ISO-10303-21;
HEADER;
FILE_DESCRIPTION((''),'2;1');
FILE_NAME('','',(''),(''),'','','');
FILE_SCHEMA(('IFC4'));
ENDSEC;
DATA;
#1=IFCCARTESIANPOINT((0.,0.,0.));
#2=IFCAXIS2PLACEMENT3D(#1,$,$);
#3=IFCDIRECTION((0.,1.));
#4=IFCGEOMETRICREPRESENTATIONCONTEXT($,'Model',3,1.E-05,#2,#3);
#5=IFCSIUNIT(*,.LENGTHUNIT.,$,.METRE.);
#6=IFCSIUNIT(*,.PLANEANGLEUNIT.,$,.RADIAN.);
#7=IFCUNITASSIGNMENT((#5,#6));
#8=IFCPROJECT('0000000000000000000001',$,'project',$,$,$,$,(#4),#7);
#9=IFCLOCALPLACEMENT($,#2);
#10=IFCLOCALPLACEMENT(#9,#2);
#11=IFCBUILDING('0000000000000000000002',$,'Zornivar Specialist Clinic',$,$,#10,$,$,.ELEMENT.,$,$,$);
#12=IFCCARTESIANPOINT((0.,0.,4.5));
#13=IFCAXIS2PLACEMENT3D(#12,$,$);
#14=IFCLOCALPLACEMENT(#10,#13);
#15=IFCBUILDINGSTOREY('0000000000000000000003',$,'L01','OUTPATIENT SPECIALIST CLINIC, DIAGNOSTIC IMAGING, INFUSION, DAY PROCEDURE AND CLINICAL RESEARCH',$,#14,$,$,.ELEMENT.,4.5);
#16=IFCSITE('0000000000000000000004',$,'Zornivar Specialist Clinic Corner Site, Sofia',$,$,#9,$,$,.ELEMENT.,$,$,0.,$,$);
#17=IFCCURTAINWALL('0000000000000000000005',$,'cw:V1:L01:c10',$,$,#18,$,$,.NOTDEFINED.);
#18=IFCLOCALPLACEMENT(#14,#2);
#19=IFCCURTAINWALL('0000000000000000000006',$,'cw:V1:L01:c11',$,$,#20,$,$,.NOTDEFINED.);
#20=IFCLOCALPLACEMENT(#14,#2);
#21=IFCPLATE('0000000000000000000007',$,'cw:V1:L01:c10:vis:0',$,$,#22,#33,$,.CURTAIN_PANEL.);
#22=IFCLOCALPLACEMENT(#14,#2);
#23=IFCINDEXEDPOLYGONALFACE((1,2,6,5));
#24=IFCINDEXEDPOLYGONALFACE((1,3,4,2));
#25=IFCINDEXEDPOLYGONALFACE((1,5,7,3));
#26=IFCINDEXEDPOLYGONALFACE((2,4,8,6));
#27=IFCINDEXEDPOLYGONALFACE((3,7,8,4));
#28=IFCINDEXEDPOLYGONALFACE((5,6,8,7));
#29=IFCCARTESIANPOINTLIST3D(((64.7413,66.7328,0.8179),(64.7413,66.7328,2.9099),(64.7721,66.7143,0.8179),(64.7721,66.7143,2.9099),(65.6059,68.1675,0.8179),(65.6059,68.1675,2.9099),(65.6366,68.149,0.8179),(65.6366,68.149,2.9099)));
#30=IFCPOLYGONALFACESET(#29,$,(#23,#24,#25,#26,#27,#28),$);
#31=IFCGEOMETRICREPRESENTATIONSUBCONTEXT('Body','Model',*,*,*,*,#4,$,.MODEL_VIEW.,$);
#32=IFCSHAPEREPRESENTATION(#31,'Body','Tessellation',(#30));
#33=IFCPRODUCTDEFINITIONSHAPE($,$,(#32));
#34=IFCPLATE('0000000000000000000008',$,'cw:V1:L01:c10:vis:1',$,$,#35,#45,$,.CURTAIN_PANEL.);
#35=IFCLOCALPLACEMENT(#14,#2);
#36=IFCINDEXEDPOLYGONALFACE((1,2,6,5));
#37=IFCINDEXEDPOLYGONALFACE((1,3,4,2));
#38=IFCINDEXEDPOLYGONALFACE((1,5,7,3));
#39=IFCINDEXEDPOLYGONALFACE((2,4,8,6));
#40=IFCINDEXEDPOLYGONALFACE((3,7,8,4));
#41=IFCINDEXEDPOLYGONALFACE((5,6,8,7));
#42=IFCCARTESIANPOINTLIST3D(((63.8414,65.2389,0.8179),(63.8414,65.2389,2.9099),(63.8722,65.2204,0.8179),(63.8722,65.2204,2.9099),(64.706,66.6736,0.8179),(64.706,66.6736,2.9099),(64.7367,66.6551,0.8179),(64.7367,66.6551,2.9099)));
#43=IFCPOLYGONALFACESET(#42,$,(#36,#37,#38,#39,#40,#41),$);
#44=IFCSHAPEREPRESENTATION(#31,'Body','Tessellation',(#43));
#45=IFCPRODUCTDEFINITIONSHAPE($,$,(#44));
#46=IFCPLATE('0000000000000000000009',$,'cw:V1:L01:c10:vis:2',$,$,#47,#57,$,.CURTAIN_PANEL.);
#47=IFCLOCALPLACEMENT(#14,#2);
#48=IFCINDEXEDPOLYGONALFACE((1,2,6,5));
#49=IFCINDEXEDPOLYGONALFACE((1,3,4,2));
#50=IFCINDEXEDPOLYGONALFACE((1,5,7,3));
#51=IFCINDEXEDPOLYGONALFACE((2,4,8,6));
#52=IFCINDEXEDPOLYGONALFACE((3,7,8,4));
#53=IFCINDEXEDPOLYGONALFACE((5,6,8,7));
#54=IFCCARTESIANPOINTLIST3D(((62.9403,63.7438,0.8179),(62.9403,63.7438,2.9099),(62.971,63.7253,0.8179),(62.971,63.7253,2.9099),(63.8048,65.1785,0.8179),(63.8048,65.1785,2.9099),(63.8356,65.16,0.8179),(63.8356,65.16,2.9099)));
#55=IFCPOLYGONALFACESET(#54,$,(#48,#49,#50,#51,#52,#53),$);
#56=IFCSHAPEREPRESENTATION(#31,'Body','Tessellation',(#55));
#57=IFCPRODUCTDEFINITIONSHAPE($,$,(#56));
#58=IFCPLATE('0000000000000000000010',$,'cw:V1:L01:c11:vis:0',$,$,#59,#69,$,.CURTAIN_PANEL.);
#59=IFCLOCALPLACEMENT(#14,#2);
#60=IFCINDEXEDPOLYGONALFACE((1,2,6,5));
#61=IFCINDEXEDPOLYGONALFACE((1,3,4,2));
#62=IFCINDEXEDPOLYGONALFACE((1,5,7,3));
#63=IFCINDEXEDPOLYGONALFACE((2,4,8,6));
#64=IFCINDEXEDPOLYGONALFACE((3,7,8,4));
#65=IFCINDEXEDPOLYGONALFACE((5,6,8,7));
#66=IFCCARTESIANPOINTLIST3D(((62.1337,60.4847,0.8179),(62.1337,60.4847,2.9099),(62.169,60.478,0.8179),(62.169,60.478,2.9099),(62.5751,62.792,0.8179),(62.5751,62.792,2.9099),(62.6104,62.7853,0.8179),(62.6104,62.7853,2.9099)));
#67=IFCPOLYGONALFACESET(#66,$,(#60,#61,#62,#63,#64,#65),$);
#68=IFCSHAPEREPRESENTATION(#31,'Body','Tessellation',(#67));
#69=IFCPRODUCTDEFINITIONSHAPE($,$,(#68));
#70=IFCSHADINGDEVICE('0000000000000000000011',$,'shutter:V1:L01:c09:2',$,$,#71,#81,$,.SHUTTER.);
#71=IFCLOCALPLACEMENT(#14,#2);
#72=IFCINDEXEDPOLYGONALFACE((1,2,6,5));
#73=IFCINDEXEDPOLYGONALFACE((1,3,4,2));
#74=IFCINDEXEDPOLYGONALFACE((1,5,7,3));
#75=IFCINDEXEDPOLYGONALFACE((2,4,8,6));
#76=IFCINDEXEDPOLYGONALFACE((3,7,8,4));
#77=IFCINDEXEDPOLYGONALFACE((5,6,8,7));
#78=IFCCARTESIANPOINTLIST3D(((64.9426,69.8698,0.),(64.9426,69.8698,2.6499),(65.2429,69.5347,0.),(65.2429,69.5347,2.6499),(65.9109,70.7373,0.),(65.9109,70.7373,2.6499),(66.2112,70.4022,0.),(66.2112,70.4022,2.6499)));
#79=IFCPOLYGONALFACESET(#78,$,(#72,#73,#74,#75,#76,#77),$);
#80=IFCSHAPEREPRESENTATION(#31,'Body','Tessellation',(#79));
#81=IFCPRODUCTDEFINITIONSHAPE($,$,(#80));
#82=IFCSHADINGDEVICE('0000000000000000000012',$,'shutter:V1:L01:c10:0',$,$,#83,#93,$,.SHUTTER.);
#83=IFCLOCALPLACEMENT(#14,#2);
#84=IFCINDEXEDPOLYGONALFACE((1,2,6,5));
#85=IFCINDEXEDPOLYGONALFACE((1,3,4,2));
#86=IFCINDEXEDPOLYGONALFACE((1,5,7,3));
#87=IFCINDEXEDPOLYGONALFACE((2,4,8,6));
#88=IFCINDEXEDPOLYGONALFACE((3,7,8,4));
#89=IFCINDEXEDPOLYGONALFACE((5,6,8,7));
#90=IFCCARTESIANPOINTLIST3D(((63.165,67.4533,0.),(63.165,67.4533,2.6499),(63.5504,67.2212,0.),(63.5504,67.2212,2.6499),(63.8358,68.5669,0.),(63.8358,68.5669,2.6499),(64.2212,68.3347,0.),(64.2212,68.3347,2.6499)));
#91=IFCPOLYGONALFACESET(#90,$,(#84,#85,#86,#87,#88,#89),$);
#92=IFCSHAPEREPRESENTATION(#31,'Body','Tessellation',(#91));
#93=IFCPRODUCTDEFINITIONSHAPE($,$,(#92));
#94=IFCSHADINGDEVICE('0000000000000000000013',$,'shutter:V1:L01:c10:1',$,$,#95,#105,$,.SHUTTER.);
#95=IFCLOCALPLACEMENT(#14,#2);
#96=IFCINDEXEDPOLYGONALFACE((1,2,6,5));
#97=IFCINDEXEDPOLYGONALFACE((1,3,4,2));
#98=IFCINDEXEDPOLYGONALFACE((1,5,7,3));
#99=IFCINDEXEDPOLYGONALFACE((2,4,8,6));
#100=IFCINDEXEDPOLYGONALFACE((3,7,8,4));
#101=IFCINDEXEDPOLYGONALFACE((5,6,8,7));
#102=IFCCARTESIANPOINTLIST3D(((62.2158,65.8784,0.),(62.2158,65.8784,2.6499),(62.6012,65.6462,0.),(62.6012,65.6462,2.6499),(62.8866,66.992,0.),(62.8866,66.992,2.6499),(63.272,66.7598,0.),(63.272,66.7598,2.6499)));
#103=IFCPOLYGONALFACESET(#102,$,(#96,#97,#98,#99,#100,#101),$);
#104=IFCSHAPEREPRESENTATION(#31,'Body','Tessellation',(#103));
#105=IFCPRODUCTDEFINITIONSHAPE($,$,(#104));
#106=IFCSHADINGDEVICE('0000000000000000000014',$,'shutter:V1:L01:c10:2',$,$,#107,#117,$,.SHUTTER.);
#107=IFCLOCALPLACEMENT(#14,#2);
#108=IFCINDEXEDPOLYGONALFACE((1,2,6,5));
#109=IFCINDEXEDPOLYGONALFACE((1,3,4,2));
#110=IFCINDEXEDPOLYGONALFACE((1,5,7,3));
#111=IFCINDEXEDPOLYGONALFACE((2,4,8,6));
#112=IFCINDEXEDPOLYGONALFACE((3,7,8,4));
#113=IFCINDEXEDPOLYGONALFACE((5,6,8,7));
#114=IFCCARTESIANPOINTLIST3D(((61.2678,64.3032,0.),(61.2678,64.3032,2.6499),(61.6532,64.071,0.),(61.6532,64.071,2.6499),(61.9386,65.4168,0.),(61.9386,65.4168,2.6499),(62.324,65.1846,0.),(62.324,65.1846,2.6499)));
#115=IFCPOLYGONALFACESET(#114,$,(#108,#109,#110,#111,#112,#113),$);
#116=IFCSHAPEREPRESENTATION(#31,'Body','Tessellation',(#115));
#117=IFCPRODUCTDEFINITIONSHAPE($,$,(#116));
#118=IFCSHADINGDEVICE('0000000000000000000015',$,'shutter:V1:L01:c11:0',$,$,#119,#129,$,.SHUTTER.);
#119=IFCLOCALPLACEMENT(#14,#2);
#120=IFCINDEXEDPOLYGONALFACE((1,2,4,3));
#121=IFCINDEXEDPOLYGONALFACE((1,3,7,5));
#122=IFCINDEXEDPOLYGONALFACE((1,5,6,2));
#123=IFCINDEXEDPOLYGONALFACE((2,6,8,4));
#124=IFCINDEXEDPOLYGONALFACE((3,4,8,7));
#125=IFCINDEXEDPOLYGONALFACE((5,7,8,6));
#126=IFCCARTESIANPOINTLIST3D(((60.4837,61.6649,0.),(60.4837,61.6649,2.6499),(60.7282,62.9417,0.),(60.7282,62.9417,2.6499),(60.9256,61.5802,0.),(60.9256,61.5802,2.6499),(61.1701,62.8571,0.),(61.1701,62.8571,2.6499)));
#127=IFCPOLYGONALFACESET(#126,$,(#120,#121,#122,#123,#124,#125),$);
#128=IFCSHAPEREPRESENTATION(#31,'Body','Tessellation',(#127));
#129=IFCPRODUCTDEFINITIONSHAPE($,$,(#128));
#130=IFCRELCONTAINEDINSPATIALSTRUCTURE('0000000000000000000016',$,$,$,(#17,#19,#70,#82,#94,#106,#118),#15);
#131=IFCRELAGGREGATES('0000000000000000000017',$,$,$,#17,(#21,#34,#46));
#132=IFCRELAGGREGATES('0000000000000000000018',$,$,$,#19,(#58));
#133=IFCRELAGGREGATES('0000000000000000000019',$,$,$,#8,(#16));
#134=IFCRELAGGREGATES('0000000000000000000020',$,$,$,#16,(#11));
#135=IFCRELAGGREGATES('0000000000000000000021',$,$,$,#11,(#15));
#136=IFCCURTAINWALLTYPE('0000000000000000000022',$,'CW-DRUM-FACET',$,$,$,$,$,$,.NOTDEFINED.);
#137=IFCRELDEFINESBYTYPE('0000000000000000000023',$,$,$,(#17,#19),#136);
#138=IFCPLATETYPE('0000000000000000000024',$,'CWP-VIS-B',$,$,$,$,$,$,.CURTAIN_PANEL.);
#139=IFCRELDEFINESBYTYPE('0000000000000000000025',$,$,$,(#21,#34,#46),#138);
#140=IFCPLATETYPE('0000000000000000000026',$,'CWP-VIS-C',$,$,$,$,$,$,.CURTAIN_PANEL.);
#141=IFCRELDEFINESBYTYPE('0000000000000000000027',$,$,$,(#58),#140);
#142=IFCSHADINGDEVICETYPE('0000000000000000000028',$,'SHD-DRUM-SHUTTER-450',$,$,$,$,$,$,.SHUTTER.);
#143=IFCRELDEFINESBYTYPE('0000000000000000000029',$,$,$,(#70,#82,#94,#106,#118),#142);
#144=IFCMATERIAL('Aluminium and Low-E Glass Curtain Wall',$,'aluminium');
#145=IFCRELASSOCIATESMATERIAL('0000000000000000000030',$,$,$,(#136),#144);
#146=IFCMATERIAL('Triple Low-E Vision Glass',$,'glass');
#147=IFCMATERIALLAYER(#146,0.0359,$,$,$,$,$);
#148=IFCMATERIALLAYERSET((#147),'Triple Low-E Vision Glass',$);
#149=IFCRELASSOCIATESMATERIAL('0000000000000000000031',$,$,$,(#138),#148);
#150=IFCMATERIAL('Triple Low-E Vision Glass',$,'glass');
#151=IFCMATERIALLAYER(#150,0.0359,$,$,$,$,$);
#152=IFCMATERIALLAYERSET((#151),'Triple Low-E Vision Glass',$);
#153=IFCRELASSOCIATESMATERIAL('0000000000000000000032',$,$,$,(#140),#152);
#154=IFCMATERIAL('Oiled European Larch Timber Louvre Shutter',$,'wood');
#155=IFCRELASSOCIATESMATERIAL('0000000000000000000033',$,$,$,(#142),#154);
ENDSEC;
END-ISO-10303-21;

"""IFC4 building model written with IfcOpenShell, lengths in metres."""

from ifc_helpers import new_model, si_unit, direction, frame, origin, origin_2d, place, context, subcontext, project, spatial, rectangle, extrude, material, layer, layer_set, type_object, element, aggregate, save


model = new_model("IFC4")

# Units and contexts
model_context = context("Model", 3, precision=1e-05, world=origin(), true_north=direction((0.0, 1.0)))
body_context = subcontext(model_context, "Body", "Model", "MODEL_VIEW")
ifc_project = project(units=[si_unit("LENGTHUNIT", "METRE"), si_unit("PLANEANGLEUNIT", "RADIAN")], contexts=[model_context])

# Site, building, storey
site_placement = place(None, origin())
site = spatial("IfcSite", under=ifc_project, at=site_placement, Name="Zornivar Specialist Clinic Corner Site, Sofia", CompositionType="ELEMENT", RefElevation=0.0)
building_placement = place(site_placement, origin())
building = spatial("IfcBuilding", under=site, at=building_placement, Name="Zornivar Specialist Clinic", CompositionType="ELEMENT")
storey_placement = place(building_placement, frame((0.0, 0.0, 4.5)))
storey = spatial("IfcBuildingStorey", under=building, at=storey_placement, Name="L01", Description="OUTPATIENT SPECIALIST CLINIC, DIAGNOSTIC IMAGING, INFUSION, DAY PROCEDURE AND CLINICAL RESEARCH", CompositionType="ELEMENT", Elevation=4.5)

# Shared definitions
ifc_material_1 = material(Name="Aluminium and Low-E Glass Curtain Wall", Category="aluminium")
curtain_wall_type = type_object("IfcCurtainWallType", Name="CW-DRUM-FACET", PredefinedType="NOTDEFINED", material=ifc_material_1)

# Curtain wall
curtain_wall_1_placement = place(storey_placement, origin())
curtain_wall_1 = element("IfcCurtainWall", 1, at=curtain_wall_1_placement, inside=storey, type_object=curtain_wall_type, Name="cw:V1:L01:c10", PredefinedType="NOTDEFINED")

# Curtain wall
curtain_wall_2_placement = place(storey_placement, origin())
curtain_wall_2 = element("IfcCurtainWall", 2, at=curtain_wall_2_placement, inside=storey, type_object=curtain_wall_type, Name="cw:V1:L01:c11", PredefinedType="NOTDEFINED")

# Plates
ifc_material_2 = material(Name="Triple Low-E Vision Glass", Category="glass")
ifc_layer_1 = layer(ifc_material_2, 0.0359)
ifc_layer_set_1 = layer_set([ifc_layer_1], Name="Triple Low-E Vision Glass")
plate_type_1 = type_object("IfcPlateType", Name="CWP-VIS-B", PredefinedType="CURTAIN_PANEL", material=ifc_layer_set_1)
plate_1_placement = place(storey_placement, frame((65.189, 67.4409, 0.8179), z_axis=(0.0, 0.0, 1.0), x_axis=(-0.516127, -0.856512, 0.0)))
plate_1 = element("IfcPlate", 3, at=plate_1_placement, type_object=plate_type_1, Name="cw:V1:L01:c10:vis:0", PredefinedType="CURTAIN_PANEL", context=body_context, shape_type="SweptSolid", body=[
    extrude(rectangle(XDim=1.675, YDim=0.0359, at=origin_2d()), origin(), (0.0, 0.0, 1.0), 2.092),
])
plate_2_placement = place(storey_placement, frame((64.2891, 65.947, 0.8179), z_axis=(0.0, 0.0, 1.0), x_axis=(-0.516127, -0.856512, 0.0)))
plate_2 = element("IfcPlate", 4, at=plate_2_placement, type_object=plate_type_1, Name="cw:V1:L01:c10:vis:1", PredefinedType="CURTAIN_PANEL", context=body_context, shape_type="SweptSolid", body=[
    extrude(rectangle(XDim=1.675, YDim=0.0359, at=origin_2d()), origin(), (0.0, 0.0, 1.0), 2.092),
])
plate_3_placement = place(storey_placement, frame((63.3879, 64.4519, 0.8179), z_axis=(0.0, 0.0, 1.0), x_axis=(-0.516127, -0.856512, 0.0)))
plate_3 = element("IfcPlate", 5, at=plate_3_placement, type_object=plate_type_1, Name="cw:V1:L01:c10:vis:2", PredefinedType="CURTAIN_PANEL", context=body_context, shape_type="SweptSolid", body=[
    extrude(rectangle(XDim=1.675, YDim=0.0359, at=origin_2d()), origin(), (0.0, 0.0, 1.0), 2.092),
])
aggregate(curtain_wall_1, [plate_1, plate_2, plate_3])
ifc_material_3 = material(Name="Triple Low-E Vision Glass", Category="glass")
ifc_layer_2 = layer(ifc_material_3, 0.0359)
ifc_layer_set_2 = layer_set([ifc_layer_2], Name="Triple Low-E Vision Glass")
plate_type_2 = type_object("IfcPlateType", Name="CWP-VIS-C", PredefinedType="CURTAIN_PANEL", material=ifc_layer_set_2)
plate_4_placement = place(storey_placement, frame((62.3721, 61.635, 0.8179), z_axis=(0.0, 0.0, 1.0), x_axis=(-0.187897, -0.982189, 0.0)))
plate_4 = element("IfcPlate", 6, at=plate_4_placement, type_object=plate_type_2, Name="cw:V1:L01:c11:vis:0", PredefinedType="CURTAIN_PANEL", context=body_context, shape_type="SweptSolid", body=[
    extrude(rectangle(XDim=2.3491, YDim=0.0359, at=origin_2d()), origin(), (0.0, 0.0, 1.0), 2.092),
])
aggregate(curtain_wall_2, [plate_4])

# Shading devices
ifc_material_4 = material(Name="Oiled European Larch Timber Louvre Shutter", Category="wood")
shading_device_type = type_object("IfcShadingDeviceType", Name="SHD-DRUM-SHUTTER-450", PredefinedType="SHUTTER", material=ifc_material_4)
for number, where, z_axis, x_axis, name in (
    (7, (65.5769, 70.136, 0.0), (0.0, 0.0, 1.0), (-0.744797, -0.667291, 0.0), "shutter:V1:L01:c09:2"),
    (8, (63.6931, 67.894, 0.0), (0.0, 0.0, 1.0), (-0.516018, -0.856578, 0.0), "shutter:V1:L01:c10:0"),
    (9, (62.7439, 66.3191, 0.0), (0.0, 0.0, 1.0), (-0.516018, -0.856578, 0.0), "shutter:V1:L01:c10:1"),
    (10, (61.7959, 64.7439, 0.0), (0.0, 0.0, 1.0), (-0.516018, -0.856578, 0.0), "shutter:V1:L01:c10:2"),
    (11, (60.8269, 62.261, 0.0), (0.0, 0.0, 1.0), (-0.188099, -0.98215, 0.0), "shutter:V1:L01:c11:0"),
):
    element("IfcShadingDevice", number, at=place(storey_placement, frame(where, z_axis=z_axis, x_axis=x_axis)), inside=storey, type_object=shading_device_type, Name=name, PredefinedType="SHUTTER", context=body_context, shape_type="SweptSolid", body=[
        extrude(rectangle(XDim=1.3, YDim=0.45, at=origin_2d()), origin(), (0.0, 0.0, 1.0), 2.6499),
    ])

save(model, "model.ifc")
